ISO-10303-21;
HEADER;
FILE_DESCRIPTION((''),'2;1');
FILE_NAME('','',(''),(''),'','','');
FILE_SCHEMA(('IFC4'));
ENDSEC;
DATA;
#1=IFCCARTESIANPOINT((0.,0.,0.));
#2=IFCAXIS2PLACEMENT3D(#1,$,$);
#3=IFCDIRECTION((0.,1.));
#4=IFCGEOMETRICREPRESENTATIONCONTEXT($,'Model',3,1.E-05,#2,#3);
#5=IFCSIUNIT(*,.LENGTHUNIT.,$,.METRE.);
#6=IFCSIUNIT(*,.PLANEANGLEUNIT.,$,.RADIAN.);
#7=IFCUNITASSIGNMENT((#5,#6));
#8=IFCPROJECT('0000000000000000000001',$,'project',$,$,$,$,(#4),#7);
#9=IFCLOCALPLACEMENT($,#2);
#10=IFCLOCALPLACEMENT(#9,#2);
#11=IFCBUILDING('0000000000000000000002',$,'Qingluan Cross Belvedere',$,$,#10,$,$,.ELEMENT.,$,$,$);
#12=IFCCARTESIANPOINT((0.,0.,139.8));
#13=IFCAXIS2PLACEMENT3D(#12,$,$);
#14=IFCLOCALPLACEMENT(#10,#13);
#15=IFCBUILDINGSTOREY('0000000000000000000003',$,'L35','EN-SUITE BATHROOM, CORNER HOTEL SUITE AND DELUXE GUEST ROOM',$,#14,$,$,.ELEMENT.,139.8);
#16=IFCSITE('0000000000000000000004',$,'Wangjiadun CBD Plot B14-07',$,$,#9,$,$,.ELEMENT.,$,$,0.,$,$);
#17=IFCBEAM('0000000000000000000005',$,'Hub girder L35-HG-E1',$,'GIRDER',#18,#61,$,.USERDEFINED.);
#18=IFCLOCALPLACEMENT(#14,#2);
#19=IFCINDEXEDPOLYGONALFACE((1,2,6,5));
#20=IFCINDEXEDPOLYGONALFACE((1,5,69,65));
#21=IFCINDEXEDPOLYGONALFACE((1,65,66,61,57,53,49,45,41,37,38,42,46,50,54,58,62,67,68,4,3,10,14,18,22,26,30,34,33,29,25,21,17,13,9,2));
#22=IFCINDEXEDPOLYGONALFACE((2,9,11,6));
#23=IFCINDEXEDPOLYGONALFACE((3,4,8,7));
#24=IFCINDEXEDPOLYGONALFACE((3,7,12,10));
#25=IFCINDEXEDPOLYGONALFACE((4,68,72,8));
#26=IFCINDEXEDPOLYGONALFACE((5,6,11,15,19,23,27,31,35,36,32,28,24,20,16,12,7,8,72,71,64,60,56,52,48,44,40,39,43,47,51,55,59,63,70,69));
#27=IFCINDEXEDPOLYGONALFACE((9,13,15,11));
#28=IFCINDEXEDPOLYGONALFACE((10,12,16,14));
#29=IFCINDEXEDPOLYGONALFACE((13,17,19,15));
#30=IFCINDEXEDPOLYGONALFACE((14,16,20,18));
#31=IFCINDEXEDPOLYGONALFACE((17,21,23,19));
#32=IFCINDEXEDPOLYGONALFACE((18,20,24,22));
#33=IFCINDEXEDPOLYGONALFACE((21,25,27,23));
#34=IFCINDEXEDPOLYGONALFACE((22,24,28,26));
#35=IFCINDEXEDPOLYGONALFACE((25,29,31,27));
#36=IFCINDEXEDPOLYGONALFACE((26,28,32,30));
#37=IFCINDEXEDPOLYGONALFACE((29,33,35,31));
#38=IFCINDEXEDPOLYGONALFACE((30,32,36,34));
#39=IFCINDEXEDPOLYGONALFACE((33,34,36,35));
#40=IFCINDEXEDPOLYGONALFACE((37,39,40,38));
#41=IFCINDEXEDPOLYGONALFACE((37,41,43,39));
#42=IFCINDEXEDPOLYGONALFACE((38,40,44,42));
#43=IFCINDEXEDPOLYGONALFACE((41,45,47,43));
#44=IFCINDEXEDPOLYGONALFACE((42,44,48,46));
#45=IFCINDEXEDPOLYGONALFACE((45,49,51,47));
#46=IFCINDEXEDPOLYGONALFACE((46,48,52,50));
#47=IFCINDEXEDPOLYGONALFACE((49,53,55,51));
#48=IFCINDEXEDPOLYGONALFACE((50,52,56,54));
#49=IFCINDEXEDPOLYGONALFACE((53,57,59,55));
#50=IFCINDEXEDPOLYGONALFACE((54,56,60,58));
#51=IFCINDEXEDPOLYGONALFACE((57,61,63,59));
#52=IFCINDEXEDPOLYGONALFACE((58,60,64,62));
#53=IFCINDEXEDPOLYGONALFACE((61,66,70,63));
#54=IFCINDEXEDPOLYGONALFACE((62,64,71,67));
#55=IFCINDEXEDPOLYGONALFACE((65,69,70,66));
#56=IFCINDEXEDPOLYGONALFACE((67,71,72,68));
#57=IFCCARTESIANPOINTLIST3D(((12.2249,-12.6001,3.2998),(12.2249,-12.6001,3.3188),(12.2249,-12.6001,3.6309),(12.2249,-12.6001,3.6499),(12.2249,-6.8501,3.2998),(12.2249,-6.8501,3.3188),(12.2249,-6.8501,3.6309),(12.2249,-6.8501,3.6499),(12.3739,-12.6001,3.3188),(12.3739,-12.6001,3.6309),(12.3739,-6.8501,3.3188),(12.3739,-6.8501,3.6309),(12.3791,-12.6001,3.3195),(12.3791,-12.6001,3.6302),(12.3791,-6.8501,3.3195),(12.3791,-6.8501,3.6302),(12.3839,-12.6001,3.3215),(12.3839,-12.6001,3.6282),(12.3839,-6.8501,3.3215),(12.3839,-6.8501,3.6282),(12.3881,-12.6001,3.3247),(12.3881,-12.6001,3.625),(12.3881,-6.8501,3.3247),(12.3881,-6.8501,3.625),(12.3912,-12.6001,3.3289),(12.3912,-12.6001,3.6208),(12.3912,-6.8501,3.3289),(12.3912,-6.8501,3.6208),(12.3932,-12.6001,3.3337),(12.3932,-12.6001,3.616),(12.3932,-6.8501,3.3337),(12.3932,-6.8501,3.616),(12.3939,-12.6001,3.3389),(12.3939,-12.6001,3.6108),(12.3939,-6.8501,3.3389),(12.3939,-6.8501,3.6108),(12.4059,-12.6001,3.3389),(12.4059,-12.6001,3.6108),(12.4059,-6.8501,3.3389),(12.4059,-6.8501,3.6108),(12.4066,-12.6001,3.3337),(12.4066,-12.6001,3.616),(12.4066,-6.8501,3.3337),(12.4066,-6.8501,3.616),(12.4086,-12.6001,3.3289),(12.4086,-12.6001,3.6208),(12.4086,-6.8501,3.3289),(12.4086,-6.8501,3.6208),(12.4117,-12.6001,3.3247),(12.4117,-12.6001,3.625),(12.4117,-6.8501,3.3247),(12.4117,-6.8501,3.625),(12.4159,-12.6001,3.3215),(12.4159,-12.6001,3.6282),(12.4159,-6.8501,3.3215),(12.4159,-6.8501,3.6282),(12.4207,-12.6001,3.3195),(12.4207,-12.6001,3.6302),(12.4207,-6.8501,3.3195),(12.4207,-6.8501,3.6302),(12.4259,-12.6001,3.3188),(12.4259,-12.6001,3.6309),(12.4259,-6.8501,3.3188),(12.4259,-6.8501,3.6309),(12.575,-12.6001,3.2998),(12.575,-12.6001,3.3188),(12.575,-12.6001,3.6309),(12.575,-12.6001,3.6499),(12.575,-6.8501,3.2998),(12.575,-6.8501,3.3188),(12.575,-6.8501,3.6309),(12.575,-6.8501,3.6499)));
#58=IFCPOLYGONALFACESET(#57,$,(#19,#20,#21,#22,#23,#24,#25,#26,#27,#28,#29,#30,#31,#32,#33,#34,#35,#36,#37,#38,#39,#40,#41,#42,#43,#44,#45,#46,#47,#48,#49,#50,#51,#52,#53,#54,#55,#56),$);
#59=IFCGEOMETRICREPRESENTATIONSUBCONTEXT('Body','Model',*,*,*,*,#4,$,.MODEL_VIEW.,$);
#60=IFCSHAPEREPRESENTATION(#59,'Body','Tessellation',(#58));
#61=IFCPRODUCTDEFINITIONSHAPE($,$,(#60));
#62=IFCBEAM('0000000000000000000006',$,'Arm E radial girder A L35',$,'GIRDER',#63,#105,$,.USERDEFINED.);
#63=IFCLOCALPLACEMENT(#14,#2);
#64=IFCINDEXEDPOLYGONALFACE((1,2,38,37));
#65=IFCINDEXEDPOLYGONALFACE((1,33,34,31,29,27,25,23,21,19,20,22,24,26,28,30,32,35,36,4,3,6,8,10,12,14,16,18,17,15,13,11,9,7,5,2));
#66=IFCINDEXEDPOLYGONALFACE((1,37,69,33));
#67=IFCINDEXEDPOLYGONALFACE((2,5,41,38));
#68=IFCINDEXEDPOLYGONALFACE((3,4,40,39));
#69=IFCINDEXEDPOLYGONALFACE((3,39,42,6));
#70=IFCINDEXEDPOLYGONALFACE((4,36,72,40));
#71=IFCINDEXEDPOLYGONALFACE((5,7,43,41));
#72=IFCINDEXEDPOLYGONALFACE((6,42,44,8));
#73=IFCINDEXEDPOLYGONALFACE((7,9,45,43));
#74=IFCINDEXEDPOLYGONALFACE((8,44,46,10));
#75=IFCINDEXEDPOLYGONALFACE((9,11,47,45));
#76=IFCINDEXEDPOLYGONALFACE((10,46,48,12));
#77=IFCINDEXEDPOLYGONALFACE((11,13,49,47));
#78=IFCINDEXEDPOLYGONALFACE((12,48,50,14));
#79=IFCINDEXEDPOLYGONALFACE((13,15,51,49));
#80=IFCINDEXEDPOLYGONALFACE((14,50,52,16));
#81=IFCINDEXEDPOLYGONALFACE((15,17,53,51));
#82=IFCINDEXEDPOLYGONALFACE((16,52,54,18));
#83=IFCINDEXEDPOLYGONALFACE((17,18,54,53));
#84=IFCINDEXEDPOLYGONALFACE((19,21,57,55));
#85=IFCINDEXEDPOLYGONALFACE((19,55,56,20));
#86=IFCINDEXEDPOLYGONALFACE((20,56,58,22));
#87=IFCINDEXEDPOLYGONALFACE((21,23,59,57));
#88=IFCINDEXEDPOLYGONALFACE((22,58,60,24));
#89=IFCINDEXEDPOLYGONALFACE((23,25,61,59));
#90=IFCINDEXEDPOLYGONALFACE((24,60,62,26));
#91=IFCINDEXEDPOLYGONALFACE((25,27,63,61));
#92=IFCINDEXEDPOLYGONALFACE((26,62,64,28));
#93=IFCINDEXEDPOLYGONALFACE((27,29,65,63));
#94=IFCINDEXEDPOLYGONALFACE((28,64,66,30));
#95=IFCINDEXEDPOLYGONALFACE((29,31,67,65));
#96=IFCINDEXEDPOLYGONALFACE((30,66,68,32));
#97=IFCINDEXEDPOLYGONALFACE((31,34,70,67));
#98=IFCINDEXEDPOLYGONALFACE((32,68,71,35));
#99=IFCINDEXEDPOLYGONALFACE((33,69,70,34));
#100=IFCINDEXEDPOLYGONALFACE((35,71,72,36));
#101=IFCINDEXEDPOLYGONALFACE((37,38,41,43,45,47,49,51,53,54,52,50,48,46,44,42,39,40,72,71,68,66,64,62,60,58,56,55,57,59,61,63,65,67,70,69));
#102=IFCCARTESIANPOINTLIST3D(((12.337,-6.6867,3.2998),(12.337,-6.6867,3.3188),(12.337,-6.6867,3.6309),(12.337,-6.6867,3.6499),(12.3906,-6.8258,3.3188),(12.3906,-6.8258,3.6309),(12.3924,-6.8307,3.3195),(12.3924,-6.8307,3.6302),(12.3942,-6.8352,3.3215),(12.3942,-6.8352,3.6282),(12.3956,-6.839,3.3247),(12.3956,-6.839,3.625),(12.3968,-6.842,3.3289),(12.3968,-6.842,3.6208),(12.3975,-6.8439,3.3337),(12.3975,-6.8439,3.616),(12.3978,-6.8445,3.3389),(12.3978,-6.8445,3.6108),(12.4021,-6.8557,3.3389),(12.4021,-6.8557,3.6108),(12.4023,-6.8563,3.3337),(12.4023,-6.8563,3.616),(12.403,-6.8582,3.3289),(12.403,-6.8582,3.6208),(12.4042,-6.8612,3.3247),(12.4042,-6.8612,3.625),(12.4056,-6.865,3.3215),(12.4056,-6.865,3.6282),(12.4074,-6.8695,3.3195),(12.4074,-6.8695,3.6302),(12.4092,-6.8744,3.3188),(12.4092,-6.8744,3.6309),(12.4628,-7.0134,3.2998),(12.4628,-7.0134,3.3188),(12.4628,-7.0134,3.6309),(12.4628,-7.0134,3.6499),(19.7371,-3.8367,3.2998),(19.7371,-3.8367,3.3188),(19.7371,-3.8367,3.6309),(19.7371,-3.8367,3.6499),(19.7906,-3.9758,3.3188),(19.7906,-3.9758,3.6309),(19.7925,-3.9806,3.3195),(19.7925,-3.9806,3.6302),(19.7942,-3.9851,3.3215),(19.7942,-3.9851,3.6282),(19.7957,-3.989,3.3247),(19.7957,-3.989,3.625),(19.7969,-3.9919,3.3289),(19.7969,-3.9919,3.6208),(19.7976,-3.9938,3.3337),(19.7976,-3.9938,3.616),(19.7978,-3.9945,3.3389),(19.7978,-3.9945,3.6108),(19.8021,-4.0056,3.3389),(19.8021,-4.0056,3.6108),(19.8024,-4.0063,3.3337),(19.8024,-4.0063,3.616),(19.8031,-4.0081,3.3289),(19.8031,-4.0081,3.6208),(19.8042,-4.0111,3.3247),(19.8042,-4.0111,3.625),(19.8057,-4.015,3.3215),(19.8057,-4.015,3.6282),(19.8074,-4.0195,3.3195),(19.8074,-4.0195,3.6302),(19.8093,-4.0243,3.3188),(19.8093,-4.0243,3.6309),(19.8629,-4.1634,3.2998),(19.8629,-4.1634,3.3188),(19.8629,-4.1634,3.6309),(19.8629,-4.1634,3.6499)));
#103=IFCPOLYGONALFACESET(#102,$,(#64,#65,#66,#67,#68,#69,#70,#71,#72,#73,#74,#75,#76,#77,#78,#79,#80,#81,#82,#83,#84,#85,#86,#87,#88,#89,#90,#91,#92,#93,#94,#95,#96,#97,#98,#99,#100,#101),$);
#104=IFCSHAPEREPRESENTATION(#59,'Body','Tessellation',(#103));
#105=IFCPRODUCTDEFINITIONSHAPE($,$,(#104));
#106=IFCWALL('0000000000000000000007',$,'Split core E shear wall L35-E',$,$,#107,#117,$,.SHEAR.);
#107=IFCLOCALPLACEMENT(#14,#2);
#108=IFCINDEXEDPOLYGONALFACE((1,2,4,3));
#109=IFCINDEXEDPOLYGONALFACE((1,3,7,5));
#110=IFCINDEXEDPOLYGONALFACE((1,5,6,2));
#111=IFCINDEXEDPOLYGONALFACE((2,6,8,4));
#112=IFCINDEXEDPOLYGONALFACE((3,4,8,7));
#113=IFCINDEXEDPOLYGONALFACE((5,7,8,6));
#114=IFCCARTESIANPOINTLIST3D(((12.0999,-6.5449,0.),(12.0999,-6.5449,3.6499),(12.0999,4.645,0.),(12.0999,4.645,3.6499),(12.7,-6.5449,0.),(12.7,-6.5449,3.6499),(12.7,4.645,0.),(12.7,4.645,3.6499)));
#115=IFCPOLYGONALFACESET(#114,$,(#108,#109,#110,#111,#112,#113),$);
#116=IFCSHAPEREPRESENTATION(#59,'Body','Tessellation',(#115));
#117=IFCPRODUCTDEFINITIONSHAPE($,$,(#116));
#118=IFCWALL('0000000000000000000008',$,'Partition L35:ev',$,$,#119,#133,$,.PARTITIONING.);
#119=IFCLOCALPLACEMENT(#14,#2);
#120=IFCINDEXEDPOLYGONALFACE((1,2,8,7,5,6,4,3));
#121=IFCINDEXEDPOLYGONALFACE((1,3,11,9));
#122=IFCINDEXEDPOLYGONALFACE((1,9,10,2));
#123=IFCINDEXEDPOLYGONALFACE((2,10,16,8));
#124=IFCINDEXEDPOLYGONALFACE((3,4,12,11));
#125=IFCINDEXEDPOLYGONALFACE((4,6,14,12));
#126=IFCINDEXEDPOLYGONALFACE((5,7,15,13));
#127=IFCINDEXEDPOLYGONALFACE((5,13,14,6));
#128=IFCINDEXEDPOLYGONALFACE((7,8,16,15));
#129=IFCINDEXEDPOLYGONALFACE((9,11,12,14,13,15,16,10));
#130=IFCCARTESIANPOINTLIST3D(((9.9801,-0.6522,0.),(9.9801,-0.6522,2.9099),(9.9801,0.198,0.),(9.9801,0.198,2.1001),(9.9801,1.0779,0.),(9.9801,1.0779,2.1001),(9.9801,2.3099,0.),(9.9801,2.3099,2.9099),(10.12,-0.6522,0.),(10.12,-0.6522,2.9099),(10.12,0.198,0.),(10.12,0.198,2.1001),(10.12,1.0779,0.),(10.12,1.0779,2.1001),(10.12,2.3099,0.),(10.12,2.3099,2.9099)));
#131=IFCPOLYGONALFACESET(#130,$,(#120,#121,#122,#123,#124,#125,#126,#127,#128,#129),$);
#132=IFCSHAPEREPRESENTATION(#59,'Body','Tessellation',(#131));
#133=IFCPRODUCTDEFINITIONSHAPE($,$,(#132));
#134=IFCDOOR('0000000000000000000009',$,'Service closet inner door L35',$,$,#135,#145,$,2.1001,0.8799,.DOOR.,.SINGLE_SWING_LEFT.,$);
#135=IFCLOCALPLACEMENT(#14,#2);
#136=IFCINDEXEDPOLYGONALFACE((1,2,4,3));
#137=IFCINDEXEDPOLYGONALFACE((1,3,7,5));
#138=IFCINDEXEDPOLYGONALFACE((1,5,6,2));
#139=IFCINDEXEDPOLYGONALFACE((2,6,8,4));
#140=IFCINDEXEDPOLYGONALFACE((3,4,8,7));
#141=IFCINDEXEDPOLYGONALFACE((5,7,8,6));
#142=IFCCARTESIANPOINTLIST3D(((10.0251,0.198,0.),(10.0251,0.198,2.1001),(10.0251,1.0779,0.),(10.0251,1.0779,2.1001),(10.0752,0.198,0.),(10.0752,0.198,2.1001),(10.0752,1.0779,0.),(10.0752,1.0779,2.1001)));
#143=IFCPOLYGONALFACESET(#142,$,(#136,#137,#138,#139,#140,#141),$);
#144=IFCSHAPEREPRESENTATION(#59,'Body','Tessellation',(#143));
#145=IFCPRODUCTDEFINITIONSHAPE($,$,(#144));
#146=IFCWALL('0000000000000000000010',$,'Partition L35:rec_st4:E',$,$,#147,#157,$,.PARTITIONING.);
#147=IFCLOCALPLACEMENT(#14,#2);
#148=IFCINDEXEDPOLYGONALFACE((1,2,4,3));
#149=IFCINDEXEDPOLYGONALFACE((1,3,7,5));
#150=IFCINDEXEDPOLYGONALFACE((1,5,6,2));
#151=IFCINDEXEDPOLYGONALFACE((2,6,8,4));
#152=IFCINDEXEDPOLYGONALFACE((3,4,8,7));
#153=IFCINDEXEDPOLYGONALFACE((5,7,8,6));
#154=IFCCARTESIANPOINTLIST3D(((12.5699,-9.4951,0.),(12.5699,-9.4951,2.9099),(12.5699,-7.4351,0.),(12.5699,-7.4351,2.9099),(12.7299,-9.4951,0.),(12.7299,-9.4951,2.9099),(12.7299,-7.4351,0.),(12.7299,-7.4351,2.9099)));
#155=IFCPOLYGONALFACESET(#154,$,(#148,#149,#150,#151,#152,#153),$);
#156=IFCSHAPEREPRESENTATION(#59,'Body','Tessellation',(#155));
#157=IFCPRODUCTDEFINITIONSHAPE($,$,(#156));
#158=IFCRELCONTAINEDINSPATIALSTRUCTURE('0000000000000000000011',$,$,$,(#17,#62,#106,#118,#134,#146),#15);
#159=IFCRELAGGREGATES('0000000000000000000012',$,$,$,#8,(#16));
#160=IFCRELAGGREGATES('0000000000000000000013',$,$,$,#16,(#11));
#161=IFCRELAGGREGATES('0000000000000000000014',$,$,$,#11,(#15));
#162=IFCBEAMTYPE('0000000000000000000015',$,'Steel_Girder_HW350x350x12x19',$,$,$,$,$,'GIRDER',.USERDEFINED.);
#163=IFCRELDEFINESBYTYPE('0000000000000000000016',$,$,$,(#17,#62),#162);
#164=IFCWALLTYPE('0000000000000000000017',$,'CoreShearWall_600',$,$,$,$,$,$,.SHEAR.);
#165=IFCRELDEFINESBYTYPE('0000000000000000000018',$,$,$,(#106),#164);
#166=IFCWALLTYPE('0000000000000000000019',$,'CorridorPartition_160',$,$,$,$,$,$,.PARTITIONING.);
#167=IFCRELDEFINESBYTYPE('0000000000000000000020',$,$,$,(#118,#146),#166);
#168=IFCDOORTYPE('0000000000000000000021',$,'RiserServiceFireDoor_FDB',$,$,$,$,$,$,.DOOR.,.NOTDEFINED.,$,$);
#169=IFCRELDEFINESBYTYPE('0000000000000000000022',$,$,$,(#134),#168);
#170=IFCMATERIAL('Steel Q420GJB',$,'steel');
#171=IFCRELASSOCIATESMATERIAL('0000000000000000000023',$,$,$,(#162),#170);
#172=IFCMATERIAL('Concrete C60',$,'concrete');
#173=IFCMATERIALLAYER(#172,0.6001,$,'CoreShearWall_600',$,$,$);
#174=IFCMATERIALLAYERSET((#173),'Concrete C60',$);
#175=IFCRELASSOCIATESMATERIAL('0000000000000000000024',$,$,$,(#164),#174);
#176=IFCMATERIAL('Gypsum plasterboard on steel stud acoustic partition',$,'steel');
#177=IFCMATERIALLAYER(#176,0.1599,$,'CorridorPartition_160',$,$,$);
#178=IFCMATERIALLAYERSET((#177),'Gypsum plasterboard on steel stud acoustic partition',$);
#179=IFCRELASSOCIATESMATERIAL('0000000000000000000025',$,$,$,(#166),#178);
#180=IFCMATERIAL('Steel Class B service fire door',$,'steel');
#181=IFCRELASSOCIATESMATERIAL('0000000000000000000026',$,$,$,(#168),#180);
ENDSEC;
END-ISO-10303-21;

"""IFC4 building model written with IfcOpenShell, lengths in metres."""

from ifc_helpers import new_model, si_unit, direction, frame, frame_2d, origin, origin_2d, place, context, subcontext, project, spatial, rectangle, i_section, extrude, material, layer, layer_set, material_profile, profile_set, type_object, element, fill, save


model = new_model("IFC4")

# Units and contexts
model_context = context("Model", 3, precision=1e-05, world=origin(), true_north=direction((0.0, 1.0)))
body_context = subcontext(model_context, "Body", "Model", "MODEL_VIEW")
ifc_project = project(units=[si_unit("LENGTHUNIT", "METRE"), si_unit("PLANEANGLEUNIT", "RADIAN")], contexts=[model_context])

# Site, building, storey
site_placement = place(None, origin())
site = spatial("IfcSite", under=ifc_project, at=site_placement, Name="Wangjiadun CBD Plot B14-07", CompositionType="ELEMENT", RefElevation=0.0)
building_placement = place(site_placement, origin())
building = spatial("IfcBuilding", under=site, at=building_placement, Name="Qingluan Cross Belvedere", CompositionType="ELEMENT")
storey_placement = place(building_placement, frame((0.0, 0.0, 139.8)))
storey = spatial("IfcBuildingStorey", under=building, at=storey_placement, Name="L35", Description="EN-SUITE BATHROOM, CORNER HOTEL SUITE AND DELUXE GUEST ROOM", CompositionType="ELEMENT", Elevation=139.8)

# Beams
ifc_material_1 = material(Name="Steel Q420GJB", Category="steel")
ifc_material_profile_1 = material_profile(ifc_material_1, i_section(OverallWidth=0.3501, OverallDepth=0.3501, WebThickness=0.012, FlangeThickness=0.019, FilletRadius=0.02, at=origin_2d()), Name="HW350x350x12x19")
ifc_profile_set_1 = profile_set([ifc_material_profile_1], Name="Steel Q420GJB")
beam_type_1 = type_object("IfcBeamType", Name="Steel_Girder_HW350x350x12x19", ElementType="GIRDER", PredefinedType="USERDEFINED", material=ifc_profile_set_1)
beam_1_placement = place(storey_placement, frame((12.3999, -12.6001, 3.4749), z_axis=(0.0, 1.0, 0.0), x_axis=(-1.0, 0.0, 0.0)))
element("IfcBeam", 1, at=beam_1_placement, inside=storey, type_object=beam_type_1, Name="Hub girder L35-HG-E1", ObjectType="GIRDER", PredefinedType="USERDEFINED", context=body_context, shape_type="SweptSolid", body=[
    extrude(i_section(OverallWidth=0.3501, OverallDepth=0.3501, WebThickness=0.012, FlangeThickness=0.019, FilletRadius=0.02, at=origin_2d()), origin(), (0.0, 0.0, 1.0), 5.75),
])
beam_2_placement = place(storey_placement, frame((12.3999, -6.8501, 3.4749), z_axis=(0.933181, 0.359406, 0.0), x_axis=(-0.359406, 0.933181, 0.0)))
element("IfcBeam", 2, at=beam_2_placement, inside=storey, type_object=beam_type_1, Name="Arm E radial girder A L35", ObjectType="GIRDER", PredefinedType="USERDEFINED", context=body_context, shape_type="SweptSolid", body=[
    extrude(i_section(OverallWidth=0.3501, OverallDepth=0.3501, WebThickness=0.012, FlangeThickness=0.019, FilletRadius=0.02, at=origin_2d()), origin(), (0.0, 0.0, 1.0), 7.9299),
])

# Wall
ifc_material_2 = material(Name="Concrete C60", Category="concrete")
ifc_layer_1 = layer(ifc_material_2, 0.6001, Name="CoreShearWall_600")
ifc_layer_set_1 = layer_set([ifc_layer_1], Name="Concrete C60")
wall_type_1 = type_object("IfcWallType", Name="CoreShearWall_600", PredefinedType="SHEAR", material=ifc_layer_set_1)
wall_1_placement = place(storey_placement, frame((12.3999, -6.5449, 0.0), z_axis=(0.0, 0.0, 1.0), x_axis=(0.0, 1.0, 0.0)))
element("IfcWall", 3, at=wall_1_placement, inside=storey, type_object=wall_type_1, Name="Split core E shear wall L35-E", PredefinedType="SHEAR", context=body_context, shape_type="SweptSolid", body=[
    extrude(rectangle(XDim=11.1899, YDim=0.6001, at=frame_2d((5.595, 0.0))), origin(), (0.0, 0.0, 1.0), 3.6499),
])

# Wall, opening, door
ifc_material_3 = material(Name="Gypsum plasterboard on steel stud acoustic partition", Category="steel")
ifc_layer_2 = layer(ifc_material_3, 0.1599, Name="CorridorPartition_160")
ifc_layer_set_2 = layer_set([ifc_layer_2], Name="Gypsum plasterboard on steel stud acoustic partition")
wall_type_2 = type_object("IfcWallType", Name="CorridorPartition_160", PredefinedType="PARTITIONING", material=ifc_layer_set_2)
wall_2_placement = place(storey_placement, frame((10.05, -0.6521, 0.0), z_axis=(0.0, 0.0, 1.0), x_axis=(0.0, 1.0, 0.0)))
wall_2 = element("IfcWall", 4, at=wall_2_placement, inside=storey, type_object=wall_type_2, Name="Partition L35:ev", PredefinedType="PARTITIONING", context=body_context, shape_type="SweptSolid", body=[
    extrude(rectangle(XDim=2.9622, YDim=0.1399, at=frame_2d((1.481, 0.0))), origin(), (0.0, 0.0, 1.0), 2.9099),
])
opening_1_placement = place(wall_2_placement, frame((0.8501, 0.0, 0.0)))
opening_1 = element("IfcOpeningElement", 5, at=opening_1_placement, cuts=wall_2, PredefinedType="OPENING", context=body_context, shape_type="SweptSolid", body=[
    extrude(rectangle(XDim=0.8799, YDim=2.1001, at=frame_2d((0.4399, 1.05))), frame((0.0, 0.0798, 0.0), z_axis=(0.0, -1.0, 0.0), x_axis=(1.0, 0.0, 0.0)), (0.0, 0.0, 1.0), 0.1599),
])
ifc_material_4 = material(Name="Steel Class B service fire door", Category="steel")
door_type_1 = type_object("IfcDoorType", Name="RiserServiceFireDoor_FDB", OperationType="NOTDEFINED", PredefinedType="DOOR", material=ifc_material_4)
door_1_placement = place(opening_1_placement, origin())
door_1 = element("IfcDoor", 6, at=door_1_placement, inside=storey, type_object=door_type_1, Name="Service closet inner door L35", OperationType="SINGLE_SWING_LEFT", OverallHeight=2.1001, OverallWidth=0.8799, PredefinedType="DOOR", context=body_context, shape_type="SweptSolid", body=[
    extrude(rectangle(XDim=0.8799, YDim=2.1001, at=frame_2d((0.4399, 1.05))), frame((0.0, 0.0249, 0.0), z_axis=(0.0, -1.0, 0.0), x_axis=(1.0, 0.0, 0.0)), (0.0, 0.0, 1.0), 0.05),
])
fill(opening_1, door_1)

# Wall
wall_3_placement = place(storey_placement, frame((12.6499, -9.4951, 0.0), z_axis=(0.0, 0.0, 1.0), x_axis=(0.0, 1.0, 0.0)))
element("IfcWall", 7, at=wall_3_placement, inside=storey, type_object=wall_type_2, Name="Partition L35:rec_st4:E", PredefinedType="PARTITIONING", context=body_context, shape_type="SweptSolid", body=[
    extrude(rectangle(XDim=2.0601, YDim=0.1599, at=frame_2d((1.03, 0.0))), origin(), (0.0, 0.0, 1.0), 2.9099),
])

save(model, "model.ifc")
